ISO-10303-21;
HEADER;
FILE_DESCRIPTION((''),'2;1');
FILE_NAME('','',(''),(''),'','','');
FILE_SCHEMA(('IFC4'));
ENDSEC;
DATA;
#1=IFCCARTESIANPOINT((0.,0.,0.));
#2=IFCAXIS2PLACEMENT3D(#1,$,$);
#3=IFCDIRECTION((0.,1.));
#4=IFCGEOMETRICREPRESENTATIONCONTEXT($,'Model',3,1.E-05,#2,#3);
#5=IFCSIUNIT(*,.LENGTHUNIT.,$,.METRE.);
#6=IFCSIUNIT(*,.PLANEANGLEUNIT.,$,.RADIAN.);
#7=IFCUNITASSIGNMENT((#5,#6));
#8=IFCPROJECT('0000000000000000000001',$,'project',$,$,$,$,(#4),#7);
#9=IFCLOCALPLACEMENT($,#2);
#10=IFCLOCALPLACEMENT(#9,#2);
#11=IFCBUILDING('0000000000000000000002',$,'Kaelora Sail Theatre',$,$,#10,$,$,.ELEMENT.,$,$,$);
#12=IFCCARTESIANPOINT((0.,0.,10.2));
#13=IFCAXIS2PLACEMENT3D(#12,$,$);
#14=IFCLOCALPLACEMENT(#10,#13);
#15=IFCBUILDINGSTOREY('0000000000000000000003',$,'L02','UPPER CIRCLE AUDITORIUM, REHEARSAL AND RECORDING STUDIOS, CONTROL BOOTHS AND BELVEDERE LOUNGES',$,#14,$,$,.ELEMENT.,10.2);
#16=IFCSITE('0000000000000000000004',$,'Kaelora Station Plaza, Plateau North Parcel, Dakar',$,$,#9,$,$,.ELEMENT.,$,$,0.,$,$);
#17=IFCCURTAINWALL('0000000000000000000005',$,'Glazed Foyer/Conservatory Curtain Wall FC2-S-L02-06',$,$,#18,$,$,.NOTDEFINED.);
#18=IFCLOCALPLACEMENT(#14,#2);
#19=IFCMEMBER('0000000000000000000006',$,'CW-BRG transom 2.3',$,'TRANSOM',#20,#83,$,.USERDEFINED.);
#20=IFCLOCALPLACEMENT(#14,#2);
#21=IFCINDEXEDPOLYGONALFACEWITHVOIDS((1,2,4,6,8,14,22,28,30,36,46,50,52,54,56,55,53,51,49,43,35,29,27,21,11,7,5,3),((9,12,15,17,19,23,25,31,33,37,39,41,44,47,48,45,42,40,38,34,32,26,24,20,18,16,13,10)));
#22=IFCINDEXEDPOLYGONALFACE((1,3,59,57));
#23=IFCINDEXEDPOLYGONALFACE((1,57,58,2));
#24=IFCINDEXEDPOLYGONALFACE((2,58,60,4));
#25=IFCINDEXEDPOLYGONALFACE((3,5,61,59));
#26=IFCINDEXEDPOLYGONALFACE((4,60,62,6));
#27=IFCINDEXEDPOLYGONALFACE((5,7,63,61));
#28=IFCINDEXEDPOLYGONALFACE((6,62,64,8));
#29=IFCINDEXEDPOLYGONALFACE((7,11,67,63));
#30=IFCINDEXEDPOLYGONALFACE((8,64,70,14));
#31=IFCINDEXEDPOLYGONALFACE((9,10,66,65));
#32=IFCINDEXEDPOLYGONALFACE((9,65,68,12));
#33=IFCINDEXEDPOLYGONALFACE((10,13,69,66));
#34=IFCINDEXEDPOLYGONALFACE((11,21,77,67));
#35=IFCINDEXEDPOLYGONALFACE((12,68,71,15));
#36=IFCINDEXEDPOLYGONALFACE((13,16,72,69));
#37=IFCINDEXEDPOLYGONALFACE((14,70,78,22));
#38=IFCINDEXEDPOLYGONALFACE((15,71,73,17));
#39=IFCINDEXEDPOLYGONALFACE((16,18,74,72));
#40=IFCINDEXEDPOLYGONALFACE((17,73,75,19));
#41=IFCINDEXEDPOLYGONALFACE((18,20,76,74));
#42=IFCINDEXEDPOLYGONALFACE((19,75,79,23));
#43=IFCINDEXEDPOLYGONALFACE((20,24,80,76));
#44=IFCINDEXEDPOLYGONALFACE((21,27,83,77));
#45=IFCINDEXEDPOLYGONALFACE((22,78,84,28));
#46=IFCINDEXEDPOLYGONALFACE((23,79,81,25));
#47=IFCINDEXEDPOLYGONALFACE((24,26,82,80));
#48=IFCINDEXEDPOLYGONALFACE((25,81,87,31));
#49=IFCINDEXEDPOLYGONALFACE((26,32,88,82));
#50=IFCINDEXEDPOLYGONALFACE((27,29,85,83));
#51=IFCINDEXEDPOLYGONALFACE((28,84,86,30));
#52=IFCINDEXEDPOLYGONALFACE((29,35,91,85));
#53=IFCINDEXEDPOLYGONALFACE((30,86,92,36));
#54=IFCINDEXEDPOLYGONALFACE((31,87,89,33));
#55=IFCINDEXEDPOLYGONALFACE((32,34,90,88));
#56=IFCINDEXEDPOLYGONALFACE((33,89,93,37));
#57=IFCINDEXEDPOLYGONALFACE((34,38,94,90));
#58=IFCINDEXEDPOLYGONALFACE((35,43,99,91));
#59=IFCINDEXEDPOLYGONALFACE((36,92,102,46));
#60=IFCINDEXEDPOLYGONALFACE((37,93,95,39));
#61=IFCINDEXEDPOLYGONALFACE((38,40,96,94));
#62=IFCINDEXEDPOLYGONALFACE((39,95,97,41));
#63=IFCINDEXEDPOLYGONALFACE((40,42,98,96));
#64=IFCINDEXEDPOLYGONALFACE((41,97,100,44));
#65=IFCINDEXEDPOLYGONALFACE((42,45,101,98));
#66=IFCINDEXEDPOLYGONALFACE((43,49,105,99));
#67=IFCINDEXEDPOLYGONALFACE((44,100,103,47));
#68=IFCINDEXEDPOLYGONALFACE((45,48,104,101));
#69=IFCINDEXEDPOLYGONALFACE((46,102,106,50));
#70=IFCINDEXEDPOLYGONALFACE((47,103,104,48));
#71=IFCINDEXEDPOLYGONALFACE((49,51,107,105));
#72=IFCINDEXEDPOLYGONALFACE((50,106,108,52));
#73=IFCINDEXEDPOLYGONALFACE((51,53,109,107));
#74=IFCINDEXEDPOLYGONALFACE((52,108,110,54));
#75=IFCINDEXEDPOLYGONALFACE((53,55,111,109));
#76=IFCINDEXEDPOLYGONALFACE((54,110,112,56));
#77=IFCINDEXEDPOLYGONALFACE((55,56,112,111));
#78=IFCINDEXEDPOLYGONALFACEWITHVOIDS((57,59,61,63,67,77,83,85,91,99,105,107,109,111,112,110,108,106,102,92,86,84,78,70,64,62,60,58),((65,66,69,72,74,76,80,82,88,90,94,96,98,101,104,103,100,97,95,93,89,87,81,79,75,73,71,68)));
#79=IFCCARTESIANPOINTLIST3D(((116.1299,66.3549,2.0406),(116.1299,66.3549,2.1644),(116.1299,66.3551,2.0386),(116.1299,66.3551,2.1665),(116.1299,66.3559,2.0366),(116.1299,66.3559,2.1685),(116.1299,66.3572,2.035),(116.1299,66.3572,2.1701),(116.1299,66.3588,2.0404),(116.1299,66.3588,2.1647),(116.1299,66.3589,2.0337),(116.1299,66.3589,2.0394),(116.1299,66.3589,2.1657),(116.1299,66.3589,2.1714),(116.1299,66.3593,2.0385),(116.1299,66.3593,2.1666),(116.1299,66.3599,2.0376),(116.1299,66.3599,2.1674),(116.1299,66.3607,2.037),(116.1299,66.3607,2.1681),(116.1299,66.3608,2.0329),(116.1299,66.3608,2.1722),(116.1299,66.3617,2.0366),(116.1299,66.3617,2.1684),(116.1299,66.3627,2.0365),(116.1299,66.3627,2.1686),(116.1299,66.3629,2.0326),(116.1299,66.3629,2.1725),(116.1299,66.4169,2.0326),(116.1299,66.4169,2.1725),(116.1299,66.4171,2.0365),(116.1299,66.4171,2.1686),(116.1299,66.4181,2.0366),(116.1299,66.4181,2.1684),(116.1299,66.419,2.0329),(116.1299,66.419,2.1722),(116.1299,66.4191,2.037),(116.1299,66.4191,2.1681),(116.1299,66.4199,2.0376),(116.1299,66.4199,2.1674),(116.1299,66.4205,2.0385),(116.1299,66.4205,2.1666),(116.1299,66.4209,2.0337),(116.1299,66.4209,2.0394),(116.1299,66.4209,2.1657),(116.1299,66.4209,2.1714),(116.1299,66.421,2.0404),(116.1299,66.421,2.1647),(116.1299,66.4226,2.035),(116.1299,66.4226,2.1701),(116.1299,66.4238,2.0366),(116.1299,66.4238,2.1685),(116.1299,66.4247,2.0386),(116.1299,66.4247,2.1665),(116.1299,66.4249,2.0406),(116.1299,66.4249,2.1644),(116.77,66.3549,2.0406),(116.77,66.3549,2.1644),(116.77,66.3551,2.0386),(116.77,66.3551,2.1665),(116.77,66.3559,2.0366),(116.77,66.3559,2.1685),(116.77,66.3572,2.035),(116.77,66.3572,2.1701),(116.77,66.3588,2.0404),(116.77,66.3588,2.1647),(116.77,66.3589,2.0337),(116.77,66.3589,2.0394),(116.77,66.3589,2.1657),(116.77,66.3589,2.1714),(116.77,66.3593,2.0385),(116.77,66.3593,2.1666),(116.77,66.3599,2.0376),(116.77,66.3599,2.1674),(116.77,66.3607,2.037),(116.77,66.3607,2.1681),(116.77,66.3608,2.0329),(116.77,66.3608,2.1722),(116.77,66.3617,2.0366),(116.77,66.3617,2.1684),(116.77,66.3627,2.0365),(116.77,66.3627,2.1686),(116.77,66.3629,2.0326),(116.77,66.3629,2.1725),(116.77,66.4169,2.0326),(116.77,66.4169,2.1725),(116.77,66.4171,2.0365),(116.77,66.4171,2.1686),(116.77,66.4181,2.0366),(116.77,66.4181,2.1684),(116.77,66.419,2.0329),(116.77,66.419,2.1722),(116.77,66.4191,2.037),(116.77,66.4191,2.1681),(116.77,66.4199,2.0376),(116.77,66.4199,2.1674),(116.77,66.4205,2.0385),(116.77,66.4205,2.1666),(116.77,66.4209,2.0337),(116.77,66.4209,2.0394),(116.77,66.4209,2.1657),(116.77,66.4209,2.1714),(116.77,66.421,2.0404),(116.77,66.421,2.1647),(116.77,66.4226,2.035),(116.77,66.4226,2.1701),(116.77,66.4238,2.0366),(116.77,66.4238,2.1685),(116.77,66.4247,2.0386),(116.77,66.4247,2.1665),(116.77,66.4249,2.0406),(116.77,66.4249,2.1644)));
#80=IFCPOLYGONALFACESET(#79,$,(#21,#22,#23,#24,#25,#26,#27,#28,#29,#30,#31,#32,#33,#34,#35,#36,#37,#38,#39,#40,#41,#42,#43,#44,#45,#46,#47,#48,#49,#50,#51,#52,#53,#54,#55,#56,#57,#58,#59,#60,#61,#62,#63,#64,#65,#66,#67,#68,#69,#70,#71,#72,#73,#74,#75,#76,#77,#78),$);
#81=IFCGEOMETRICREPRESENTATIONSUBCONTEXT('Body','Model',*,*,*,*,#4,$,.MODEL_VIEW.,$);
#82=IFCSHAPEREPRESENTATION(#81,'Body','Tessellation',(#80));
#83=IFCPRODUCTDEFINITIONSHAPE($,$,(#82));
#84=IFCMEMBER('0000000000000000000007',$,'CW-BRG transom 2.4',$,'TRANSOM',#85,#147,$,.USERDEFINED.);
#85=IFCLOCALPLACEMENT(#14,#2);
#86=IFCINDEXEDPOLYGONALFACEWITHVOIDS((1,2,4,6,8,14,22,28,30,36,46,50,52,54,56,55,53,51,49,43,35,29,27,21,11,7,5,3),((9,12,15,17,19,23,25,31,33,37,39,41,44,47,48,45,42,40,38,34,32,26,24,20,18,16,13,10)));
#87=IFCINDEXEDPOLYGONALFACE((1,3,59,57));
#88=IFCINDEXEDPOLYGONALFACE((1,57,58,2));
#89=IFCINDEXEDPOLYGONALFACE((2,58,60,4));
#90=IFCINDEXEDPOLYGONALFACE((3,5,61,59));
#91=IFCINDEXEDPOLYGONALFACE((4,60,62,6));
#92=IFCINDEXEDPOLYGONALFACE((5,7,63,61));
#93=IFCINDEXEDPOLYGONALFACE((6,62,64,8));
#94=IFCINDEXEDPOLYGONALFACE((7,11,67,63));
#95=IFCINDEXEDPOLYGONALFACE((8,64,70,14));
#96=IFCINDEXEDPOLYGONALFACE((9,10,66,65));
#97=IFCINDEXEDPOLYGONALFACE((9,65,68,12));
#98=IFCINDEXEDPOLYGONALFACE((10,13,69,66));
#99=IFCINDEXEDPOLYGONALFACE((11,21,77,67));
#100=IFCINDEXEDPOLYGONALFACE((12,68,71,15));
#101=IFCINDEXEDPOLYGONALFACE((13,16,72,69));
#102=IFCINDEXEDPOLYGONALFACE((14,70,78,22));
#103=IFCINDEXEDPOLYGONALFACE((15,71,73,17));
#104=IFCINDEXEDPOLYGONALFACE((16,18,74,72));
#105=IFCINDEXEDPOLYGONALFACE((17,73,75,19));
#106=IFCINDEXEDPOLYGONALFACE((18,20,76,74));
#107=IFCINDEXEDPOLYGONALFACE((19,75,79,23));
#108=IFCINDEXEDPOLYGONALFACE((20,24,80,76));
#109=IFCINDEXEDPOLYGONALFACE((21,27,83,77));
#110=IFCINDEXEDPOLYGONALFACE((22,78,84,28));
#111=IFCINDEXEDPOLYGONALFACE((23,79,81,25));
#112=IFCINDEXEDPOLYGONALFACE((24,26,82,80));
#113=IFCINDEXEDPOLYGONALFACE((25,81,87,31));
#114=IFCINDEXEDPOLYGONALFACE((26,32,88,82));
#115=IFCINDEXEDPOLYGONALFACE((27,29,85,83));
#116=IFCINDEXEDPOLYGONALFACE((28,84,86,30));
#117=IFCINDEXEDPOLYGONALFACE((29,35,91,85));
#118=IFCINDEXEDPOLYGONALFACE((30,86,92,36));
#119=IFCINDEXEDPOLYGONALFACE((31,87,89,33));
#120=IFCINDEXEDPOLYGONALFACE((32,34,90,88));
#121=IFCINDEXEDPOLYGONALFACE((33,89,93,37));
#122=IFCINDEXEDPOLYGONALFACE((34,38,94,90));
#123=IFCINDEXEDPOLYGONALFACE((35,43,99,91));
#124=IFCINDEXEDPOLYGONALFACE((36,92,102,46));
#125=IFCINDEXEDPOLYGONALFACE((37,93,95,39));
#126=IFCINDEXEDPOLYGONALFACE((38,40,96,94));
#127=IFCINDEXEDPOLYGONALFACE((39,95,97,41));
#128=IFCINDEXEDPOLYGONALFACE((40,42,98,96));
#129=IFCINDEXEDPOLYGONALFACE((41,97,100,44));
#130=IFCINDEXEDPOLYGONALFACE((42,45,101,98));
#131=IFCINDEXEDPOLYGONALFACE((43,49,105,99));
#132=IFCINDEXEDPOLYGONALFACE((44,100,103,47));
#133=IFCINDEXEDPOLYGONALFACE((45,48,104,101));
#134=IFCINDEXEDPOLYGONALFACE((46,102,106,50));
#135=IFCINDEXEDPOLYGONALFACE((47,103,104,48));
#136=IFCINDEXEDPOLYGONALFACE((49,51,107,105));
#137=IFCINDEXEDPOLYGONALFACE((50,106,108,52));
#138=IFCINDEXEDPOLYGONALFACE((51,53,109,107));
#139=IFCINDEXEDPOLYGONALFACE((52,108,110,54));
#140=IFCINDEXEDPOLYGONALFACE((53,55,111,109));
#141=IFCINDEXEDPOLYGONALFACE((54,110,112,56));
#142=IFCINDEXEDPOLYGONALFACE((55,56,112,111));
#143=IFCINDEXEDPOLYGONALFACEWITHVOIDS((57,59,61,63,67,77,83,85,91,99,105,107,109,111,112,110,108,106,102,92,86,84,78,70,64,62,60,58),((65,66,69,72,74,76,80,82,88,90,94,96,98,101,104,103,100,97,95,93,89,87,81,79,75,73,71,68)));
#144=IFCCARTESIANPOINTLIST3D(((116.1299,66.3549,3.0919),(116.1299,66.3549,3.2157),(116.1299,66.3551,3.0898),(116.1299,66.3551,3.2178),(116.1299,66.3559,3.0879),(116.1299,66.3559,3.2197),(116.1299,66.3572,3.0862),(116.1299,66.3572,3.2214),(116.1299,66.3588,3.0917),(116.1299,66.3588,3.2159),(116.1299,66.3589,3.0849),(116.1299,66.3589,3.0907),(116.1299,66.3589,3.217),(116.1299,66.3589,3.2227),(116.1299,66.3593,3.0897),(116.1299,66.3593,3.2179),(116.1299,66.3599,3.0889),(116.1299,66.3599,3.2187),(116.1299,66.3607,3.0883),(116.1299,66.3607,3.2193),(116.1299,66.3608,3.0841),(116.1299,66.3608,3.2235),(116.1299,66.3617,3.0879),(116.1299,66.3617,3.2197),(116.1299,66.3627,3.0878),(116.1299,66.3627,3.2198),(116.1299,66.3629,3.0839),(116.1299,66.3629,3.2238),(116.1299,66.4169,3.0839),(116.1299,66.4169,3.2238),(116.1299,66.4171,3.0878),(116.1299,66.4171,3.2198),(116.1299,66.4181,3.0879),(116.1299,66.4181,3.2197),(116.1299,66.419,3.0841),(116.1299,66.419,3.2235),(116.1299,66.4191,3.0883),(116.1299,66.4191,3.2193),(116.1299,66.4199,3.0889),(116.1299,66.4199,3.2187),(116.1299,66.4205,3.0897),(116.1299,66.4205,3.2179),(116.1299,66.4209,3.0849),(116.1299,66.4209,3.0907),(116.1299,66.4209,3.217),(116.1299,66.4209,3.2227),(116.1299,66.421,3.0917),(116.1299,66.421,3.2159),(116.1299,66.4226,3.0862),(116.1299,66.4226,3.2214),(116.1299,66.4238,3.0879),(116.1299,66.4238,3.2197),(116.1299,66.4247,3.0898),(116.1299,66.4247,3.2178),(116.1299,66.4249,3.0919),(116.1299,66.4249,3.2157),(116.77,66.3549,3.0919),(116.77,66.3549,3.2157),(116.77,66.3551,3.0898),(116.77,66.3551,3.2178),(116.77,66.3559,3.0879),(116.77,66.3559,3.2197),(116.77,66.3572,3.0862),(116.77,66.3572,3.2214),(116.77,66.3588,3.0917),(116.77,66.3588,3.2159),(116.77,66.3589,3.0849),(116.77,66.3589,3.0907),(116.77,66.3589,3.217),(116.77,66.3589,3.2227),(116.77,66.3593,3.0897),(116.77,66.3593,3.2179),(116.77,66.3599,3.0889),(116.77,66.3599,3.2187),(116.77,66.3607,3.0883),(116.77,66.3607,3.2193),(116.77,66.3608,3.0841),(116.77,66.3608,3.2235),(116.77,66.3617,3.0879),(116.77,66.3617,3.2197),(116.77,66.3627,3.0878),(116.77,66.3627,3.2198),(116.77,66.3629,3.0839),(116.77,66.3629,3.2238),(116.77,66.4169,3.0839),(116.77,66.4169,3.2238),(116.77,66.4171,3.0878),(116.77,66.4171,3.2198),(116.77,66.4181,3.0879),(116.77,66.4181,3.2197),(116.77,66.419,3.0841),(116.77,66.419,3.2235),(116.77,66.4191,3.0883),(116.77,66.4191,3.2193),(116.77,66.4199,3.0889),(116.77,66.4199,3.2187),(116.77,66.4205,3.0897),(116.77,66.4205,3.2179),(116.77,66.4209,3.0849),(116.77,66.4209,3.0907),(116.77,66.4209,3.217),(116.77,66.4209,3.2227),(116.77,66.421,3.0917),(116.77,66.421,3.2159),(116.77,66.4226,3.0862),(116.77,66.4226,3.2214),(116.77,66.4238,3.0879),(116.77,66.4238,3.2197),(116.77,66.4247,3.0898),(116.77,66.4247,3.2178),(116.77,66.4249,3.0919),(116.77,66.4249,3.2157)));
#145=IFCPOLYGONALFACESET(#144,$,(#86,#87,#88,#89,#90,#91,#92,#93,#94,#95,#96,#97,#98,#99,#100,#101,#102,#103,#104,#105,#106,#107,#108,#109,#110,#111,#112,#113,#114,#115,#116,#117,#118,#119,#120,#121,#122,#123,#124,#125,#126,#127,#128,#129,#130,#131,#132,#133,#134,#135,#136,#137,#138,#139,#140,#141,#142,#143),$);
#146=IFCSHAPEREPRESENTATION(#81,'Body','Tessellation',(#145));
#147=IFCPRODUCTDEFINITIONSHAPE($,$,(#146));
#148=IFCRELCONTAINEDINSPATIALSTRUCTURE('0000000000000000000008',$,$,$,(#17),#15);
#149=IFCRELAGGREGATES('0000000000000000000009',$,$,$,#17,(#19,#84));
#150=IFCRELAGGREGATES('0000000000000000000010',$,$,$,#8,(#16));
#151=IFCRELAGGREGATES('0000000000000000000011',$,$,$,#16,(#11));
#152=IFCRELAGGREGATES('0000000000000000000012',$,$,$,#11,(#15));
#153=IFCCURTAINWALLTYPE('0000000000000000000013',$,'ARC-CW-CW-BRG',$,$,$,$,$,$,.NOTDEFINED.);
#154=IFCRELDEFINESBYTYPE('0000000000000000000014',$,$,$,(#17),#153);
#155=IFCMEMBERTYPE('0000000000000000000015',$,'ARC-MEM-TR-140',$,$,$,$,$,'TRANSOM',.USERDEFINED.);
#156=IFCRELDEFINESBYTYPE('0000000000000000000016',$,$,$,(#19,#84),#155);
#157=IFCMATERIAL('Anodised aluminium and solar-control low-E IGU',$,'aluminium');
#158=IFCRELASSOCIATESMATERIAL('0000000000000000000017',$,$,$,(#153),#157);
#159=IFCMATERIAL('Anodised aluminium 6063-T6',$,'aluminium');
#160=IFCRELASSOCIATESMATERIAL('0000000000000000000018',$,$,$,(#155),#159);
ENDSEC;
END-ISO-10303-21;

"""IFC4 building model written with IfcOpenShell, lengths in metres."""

from ifc_helpers import new_model, si_unit, direction, frame, origin, origin_2d, place, context, subcontext, project, spatial, hollow_rectangle, extrude, material, material_profile, profile_set, type_object, element, aggregate, save


model = new_model("IFC4")

# Units and contexts
model_context = context("Model", 3, precision=1e-05, world=origin(), true_north=direction((0.0, 1.0)))
body_context = subcontext(model_context, "Body", "Model", "MODEL_VIEW")
ifc_project = project(units=[si_unit("LENGTHUNIT", "METRE"), si_unit("PLANEANGLEUNIT", "RADIAN")], contexts=[model_context])

# Site, building, storey
site_placement = place(None, origin())
site = spatial("IfcSite", under=ifc_project, at=site_placement, Name="Kaelora Station Plaza, Plateau North Parcel, Dakar", CompositionType="ELEMENT", RefElevation=0.0)
building_placement = place(site_placement, origin())
building = spatial("IfcBuilding", under=site, at=building_placement, Name="Kaelora Sail Theatre", CompositionType="ELEMENT")
storey_placement = place(building_placement, frame((0.0, 0.0, 10.2)))
storey = spatial("IfcBuildingStorey", under=building, at=storey_placement, Name="L02", Description="UPPER CIRCLE AUDITORIUM, REHEARSAL AND RECORDING STUDIOS, CONTROL BOOTHS AND BELVEDERE LOUNGES", CompositionType="ELEMENT", Elevation=10.2)

# Curtain wall, members
ifc_material_1 = material(Name="Anodised aluminium and solar-control low-E IGU", Category="aluminium")
curtain_wall_type = type_object("IfcCurtainWallType", Name="ARC-CW-CW-BRG", PredefinedType="NOTDEFINED", material=ifc_material_1)
curtain_wall_placement = place(storey_placement, origin())
curtain_wall = element("IfcCurtainWall", 1, at=curtain_wall_placement, inside=storey, type_object=curtain_wall_type, Name="Glazed Foyer/Conservatory Curtain Wall FC2-S-L02-06", PredefinedType="NOTDEFINED")
ifc_material_2 = material(Name="Anodised aluminium 6063-T6", Category="aluminium")
ifc_material_profile_1 = material_profile(ifc_material_2, hollow_rectangle(XDim=0.0701, YDim=0.1399, WallThickness=0.0039, InnerFilletRadius=0.0039, OuterFilletRadius=0.0081, at=origin_2d()), Name="ALU-TRAN 70x140x4")
ifc_profile_set_1 = profile_set([ifc_material_profile_1], Name="Anodised aluminium 6063-T6")
member_type_1 = type_object("IfcMemberType", Name="ARC-MEM-TR-140", ElementType="TRANSOM", PredefinedType="USERDEFINED", material=ifc_profile_set_1)
member_1_placement = place(storey_placement, frame((116.1299, 66.3899, 2.1025), z_axis=(1.0, 0.0, 0.0), x_axis=(0.0, 1.0, 0.0)))
member_1 = element("IfcMember", 2, at=member_1_placement, type_object=member_type_1, Name="CW-BRG transom 2.3", ObjectType="TRANSOM", PredefinedType="USERDEFINED", context=body_context, shape_type="SweptSolid", body=[
    extrude(hollow_rectangle(XDim=0.0701, YDim=0.1399, WallThickness=0.0039, InnerFilletRadius=0.0039, OuterFilletRadius=0.0081, at=origin_2d()), origin(), (0.0, 0.0, 1.0), 0.6401),
])
member_2_placement = place(storey_placement, frame((116.1299, 66.3899, 3.1538), z_axis=(1.0, 0.0, 0.0), x_axis=(0.0, 1.0, 0.0)))
member_2 = element("IfcMember", 3, at=member_2_placement, type_object=member_type_1, Name="CW-BRG transom 2.4", ObjectType="TRANSOM", PredefinedType="USERDEFINED", context=body_context, shape_type="SweptSolid", body=[
    extrude(hollow_rectangle(XDim=0.0701, YDim=0.1399, WallThickness=0.0039, InnerFilletRadius=0.0039, OuterFilletRadius=0.0081, at=origin_2d()), origin(), (0.0, 0.0, 1.0), 0.6401),
])

aggregate(curtain_wall, [member_1, member_2])

save(model, "model.ifc")
